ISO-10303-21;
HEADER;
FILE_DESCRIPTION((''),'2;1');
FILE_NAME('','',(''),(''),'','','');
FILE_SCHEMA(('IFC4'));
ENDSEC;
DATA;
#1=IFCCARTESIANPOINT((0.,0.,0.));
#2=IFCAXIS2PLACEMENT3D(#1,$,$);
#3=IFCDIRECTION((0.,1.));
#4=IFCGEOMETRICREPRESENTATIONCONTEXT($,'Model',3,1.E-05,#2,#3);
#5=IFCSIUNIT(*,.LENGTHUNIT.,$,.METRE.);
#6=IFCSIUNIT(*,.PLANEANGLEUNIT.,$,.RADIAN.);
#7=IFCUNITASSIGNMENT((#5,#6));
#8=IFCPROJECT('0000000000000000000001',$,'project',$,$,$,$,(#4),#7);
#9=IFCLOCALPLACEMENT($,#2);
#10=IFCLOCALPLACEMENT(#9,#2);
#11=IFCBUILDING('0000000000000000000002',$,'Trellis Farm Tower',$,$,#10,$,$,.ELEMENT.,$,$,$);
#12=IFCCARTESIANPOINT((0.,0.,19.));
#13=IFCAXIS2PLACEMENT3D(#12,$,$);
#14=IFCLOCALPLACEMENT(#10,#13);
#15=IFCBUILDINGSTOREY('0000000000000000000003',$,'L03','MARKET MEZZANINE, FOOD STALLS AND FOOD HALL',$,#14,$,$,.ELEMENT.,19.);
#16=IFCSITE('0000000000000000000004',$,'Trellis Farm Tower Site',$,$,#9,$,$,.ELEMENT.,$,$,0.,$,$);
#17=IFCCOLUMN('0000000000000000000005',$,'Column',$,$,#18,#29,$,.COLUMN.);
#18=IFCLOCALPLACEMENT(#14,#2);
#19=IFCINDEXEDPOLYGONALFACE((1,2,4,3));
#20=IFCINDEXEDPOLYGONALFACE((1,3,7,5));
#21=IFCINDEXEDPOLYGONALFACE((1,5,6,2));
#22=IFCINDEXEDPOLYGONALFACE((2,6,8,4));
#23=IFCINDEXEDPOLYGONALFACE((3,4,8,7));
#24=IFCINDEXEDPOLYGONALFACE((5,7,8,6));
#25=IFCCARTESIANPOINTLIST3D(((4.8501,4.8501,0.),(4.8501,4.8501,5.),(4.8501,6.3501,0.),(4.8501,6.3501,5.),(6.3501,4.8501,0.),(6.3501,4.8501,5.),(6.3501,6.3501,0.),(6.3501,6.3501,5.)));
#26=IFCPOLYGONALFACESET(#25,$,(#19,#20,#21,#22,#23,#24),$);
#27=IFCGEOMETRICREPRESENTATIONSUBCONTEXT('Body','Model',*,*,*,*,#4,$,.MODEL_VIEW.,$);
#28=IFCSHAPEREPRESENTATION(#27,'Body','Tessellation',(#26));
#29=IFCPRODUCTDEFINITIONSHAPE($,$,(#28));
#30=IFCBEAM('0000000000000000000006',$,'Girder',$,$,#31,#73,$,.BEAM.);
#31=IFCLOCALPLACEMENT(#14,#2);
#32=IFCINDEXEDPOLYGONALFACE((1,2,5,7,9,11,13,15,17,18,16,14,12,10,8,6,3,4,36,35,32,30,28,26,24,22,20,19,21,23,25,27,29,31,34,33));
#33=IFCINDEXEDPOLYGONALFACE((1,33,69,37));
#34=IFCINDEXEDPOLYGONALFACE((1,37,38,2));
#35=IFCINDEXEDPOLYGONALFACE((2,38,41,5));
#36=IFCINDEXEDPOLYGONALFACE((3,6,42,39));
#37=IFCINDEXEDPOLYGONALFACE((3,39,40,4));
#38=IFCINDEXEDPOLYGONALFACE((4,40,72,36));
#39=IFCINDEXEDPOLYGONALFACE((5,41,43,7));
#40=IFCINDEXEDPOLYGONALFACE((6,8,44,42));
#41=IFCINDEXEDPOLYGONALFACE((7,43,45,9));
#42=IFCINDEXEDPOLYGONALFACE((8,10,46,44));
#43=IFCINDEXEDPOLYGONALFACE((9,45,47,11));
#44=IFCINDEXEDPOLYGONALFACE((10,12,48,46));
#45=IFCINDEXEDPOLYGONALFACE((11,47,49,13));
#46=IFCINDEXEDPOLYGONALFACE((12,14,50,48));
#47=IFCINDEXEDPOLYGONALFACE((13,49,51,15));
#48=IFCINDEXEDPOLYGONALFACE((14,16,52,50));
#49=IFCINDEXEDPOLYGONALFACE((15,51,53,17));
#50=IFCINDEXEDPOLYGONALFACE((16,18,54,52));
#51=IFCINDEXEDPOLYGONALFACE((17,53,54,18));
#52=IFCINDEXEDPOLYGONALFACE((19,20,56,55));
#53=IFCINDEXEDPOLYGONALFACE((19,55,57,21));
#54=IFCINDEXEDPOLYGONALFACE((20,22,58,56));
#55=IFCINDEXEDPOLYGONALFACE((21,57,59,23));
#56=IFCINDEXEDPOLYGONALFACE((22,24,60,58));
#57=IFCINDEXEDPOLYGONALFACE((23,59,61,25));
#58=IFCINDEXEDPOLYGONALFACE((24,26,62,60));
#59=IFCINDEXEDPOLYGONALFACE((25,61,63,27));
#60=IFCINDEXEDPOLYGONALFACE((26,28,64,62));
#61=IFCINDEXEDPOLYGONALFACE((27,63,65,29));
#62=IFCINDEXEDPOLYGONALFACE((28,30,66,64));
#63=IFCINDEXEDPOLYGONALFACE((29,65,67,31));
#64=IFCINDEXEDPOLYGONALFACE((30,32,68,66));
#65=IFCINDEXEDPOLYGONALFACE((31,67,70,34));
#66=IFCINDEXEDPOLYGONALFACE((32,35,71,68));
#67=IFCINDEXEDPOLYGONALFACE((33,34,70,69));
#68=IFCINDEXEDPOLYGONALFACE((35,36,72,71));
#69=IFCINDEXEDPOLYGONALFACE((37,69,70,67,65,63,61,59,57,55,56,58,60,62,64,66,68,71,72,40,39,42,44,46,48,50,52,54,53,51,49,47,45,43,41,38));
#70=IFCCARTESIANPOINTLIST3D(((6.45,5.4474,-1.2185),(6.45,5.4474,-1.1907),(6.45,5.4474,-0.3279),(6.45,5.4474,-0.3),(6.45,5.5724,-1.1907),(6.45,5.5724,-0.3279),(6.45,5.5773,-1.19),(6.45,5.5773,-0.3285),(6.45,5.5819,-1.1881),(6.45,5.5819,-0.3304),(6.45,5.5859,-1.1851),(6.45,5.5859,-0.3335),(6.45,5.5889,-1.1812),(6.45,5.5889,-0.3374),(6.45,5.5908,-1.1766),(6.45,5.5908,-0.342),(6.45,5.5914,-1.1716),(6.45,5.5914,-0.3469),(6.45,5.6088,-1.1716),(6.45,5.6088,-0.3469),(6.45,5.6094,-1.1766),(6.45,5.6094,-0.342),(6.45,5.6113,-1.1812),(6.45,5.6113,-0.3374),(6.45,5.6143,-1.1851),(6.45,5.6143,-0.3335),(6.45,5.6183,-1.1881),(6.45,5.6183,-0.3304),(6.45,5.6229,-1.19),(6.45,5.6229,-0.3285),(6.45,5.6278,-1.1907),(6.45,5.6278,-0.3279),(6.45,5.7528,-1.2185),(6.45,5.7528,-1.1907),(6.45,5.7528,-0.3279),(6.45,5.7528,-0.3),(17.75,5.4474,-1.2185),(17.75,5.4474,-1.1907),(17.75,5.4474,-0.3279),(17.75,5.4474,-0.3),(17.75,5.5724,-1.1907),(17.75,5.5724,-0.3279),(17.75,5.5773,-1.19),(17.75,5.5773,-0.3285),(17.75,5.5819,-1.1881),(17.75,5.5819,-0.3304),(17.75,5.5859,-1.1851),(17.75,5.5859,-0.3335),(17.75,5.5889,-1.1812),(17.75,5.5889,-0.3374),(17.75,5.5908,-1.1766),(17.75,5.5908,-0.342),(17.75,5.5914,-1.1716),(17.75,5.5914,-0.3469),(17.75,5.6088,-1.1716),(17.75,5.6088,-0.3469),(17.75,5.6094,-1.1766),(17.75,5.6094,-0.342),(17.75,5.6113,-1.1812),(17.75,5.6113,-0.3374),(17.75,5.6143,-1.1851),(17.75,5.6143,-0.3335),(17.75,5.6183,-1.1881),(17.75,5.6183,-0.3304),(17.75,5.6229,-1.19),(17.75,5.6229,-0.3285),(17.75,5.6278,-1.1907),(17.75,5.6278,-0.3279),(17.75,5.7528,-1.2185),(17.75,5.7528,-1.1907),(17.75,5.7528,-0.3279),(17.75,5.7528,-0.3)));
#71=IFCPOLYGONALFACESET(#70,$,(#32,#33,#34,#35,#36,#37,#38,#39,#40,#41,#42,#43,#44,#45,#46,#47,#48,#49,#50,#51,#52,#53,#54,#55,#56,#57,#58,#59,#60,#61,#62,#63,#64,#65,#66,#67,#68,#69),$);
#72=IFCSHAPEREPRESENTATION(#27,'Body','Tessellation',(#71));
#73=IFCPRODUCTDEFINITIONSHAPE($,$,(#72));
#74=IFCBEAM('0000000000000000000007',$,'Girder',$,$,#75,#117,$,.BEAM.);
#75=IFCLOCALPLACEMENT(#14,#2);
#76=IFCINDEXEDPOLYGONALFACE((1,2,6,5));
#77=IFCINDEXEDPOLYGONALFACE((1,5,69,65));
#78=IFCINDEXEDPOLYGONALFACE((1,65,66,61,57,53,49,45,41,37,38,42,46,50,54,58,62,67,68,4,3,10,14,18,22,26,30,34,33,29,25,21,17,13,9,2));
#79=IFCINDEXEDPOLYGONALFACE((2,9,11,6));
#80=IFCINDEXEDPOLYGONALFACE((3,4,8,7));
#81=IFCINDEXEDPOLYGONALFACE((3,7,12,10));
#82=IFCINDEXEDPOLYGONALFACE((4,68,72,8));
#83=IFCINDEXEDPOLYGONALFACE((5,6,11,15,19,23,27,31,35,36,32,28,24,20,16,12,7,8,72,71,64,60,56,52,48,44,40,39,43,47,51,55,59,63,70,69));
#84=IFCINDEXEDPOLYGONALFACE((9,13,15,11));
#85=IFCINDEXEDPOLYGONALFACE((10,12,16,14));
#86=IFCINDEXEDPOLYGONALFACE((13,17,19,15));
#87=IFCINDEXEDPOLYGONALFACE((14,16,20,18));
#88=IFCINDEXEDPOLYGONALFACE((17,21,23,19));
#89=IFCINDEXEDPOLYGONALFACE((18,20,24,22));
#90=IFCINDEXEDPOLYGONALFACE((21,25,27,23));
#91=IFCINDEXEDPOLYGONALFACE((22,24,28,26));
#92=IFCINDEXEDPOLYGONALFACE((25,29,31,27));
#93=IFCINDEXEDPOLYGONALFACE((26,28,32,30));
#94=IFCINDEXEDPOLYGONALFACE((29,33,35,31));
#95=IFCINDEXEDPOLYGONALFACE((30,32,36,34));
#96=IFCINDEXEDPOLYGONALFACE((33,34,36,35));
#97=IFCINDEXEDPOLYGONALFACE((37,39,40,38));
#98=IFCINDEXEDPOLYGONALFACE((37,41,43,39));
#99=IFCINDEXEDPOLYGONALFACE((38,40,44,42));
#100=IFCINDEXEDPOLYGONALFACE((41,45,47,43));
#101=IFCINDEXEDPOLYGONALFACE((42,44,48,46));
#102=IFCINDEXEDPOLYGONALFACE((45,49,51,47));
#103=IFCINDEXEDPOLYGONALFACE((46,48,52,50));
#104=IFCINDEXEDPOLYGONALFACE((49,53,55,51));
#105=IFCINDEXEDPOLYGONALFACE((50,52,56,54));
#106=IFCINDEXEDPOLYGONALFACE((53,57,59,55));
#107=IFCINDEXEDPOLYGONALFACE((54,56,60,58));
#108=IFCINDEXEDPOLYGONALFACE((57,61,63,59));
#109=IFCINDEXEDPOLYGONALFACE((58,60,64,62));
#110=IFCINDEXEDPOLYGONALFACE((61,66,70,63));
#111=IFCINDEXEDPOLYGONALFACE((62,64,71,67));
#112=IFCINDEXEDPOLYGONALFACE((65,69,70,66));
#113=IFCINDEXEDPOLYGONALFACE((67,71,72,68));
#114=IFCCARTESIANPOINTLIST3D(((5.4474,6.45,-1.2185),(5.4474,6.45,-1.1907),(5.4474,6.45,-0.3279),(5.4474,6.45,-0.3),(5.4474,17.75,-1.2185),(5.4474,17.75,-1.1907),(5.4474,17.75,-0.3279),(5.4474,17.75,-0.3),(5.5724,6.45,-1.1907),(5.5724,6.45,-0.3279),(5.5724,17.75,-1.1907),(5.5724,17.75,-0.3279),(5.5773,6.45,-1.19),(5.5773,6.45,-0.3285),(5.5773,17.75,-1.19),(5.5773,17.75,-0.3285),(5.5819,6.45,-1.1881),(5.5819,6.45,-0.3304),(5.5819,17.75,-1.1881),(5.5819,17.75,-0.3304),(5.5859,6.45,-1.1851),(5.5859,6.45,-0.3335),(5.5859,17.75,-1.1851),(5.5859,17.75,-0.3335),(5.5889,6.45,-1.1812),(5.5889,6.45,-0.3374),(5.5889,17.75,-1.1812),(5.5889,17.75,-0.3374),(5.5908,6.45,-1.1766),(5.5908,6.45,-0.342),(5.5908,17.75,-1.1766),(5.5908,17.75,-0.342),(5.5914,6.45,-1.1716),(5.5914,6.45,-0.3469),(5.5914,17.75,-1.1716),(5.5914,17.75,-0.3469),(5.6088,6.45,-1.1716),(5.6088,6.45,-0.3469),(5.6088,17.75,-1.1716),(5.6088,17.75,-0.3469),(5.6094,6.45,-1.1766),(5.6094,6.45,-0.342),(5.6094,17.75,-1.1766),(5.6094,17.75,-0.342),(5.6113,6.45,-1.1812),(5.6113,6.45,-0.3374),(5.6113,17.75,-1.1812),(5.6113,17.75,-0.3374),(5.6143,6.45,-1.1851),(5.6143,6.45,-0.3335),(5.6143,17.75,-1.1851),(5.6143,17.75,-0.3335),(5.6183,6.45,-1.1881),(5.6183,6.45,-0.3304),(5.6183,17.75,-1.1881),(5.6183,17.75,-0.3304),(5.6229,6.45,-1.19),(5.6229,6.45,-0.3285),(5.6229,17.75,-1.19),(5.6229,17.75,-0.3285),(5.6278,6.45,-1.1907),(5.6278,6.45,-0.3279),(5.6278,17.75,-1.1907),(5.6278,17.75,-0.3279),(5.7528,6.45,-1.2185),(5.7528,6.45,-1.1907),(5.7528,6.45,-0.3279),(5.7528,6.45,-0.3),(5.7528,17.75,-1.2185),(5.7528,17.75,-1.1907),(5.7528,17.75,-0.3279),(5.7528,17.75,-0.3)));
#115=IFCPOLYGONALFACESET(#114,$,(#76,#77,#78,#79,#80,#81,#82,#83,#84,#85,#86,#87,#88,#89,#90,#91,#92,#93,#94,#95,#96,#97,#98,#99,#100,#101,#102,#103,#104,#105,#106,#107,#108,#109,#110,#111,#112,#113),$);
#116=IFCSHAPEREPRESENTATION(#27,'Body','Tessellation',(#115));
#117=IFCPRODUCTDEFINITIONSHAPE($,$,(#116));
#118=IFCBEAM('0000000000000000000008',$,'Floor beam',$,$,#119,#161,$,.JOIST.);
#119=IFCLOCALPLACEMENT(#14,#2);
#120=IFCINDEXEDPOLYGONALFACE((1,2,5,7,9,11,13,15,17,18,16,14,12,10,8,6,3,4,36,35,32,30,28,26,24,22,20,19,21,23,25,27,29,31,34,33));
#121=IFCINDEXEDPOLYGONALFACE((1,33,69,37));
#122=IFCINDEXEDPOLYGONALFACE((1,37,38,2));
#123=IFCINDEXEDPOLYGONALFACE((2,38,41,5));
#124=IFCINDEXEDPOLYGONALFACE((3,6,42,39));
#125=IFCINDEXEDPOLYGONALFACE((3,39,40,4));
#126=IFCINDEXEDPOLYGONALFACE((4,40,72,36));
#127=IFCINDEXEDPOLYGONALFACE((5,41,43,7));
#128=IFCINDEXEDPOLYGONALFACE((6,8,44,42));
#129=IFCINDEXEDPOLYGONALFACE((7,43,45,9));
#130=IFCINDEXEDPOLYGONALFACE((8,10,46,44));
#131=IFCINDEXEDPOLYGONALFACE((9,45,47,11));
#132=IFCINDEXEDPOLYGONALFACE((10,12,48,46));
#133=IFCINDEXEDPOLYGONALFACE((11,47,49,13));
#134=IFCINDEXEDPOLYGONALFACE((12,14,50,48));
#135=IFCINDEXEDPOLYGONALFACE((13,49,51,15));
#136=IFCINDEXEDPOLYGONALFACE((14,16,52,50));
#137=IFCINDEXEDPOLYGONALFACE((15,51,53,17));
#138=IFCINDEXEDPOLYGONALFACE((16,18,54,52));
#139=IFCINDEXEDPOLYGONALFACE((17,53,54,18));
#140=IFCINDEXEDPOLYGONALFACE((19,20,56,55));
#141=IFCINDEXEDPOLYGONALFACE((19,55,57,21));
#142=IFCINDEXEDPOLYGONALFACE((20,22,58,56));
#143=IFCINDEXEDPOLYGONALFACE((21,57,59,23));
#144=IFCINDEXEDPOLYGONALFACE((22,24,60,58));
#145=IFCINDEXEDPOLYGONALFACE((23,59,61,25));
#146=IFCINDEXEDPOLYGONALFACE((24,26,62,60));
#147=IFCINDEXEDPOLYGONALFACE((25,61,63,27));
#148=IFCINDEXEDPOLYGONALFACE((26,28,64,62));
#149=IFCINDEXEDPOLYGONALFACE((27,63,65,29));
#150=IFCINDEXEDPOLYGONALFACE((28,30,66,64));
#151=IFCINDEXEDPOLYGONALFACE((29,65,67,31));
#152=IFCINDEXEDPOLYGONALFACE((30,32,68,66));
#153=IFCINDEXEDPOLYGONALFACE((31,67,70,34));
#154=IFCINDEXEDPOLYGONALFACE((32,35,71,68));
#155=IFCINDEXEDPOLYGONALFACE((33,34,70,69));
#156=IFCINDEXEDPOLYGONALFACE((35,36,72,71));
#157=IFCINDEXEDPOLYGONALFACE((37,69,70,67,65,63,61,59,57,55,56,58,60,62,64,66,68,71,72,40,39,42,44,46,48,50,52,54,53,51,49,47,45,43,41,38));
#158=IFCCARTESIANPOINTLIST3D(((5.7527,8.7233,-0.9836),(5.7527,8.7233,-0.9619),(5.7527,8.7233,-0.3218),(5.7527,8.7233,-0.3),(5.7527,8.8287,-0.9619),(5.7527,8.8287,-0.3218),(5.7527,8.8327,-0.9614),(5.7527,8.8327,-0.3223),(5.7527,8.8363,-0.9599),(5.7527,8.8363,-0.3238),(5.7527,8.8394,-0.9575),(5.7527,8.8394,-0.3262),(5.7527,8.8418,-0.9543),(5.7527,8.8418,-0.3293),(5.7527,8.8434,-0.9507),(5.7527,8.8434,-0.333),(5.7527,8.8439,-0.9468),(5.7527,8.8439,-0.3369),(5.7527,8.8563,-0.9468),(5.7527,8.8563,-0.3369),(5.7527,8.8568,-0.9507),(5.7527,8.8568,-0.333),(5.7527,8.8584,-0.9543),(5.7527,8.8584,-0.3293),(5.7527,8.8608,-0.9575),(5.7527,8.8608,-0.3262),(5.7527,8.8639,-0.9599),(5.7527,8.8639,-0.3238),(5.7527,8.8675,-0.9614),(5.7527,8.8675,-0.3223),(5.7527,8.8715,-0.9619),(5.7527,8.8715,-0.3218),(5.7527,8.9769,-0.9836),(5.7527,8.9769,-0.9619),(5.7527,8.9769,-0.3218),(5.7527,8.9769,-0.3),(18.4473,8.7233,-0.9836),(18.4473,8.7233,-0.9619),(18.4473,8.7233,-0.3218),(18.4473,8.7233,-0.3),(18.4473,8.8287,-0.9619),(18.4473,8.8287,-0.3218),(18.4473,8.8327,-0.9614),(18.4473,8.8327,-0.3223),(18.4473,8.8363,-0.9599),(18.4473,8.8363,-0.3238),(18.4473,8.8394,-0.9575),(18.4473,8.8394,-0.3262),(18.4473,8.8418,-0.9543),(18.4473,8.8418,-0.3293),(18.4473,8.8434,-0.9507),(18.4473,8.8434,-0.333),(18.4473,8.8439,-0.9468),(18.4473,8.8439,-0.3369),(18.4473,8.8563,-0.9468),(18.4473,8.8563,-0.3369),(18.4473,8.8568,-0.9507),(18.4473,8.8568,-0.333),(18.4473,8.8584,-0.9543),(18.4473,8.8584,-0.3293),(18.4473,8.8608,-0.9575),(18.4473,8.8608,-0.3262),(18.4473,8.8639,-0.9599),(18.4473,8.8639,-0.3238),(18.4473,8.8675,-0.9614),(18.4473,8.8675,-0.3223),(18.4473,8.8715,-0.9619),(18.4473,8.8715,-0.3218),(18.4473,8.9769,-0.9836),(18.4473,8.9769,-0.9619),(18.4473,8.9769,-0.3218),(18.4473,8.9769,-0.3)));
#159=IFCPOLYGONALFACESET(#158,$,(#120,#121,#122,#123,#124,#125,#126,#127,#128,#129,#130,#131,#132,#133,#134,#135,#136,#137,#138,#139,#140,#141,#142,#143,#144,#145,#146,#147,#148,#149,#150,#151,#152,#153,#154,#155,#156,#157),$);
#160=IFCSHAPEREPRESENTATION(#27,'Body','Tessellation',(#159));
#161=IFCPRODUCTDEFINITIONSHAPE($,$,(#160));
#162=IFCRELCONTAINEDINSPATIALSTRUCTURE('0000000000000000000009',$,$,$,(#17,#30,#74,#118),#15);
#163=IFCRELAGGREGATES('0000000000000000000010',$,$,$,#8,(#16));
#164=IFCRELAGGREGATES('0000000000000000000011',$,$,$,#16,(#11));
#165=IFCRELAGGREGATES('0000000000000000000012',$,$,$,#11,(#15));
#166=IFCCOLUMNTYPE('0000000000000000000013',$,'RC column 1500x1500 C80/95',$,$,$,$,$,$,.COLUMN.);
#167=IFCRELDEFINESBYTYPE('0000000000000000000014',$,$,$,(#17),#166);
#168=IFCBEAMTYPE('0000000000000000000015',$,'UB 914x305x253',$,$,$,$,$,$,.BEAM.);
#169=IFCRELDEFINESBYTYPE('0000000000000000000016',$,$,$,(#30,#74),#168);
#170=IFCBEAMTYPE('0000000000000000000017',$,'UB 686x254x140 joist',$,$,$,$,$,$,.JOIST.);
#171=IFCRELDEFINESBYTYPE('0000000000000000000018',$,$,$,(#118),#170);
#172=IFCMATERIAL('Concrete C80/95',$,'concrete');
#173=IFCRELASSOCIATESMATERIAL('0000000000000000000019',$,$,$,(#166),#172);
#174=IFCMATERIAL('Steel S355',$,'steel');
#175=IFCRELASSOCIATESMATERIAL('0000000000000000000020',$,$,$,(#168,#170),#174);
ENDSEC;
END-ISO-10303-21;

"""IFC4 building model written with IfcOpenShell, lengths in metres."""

from ifc_helpers import new_model, si_unit, direction, frame, origin, origin_2d, place, context, subcontext, project, spatial, rectangle, i_section, extrude, source, transform, mapped, material, material_profile, profile_set, type_object, element, save


model = new_model("IFC4")

# Units and contexts
model_context = context("Model", 3, precision=1e-05, world=origin(), true_north=direction((0.0, 1.0)))
body_context = subcontext(model_context, "Body", "Model", "MODEL_VIEW")
ifc_project = project(units=[si_unit("LENGTHUNIT", "METRE"), si_unit("PLANEANGLEUNIT", "RADIAN")], contexts=[model_context])

# Site, building, storey
site_placement = place(None, origin())
site = spatial("IfcSite", under=ifc_project, at=site_placement, Name="Trellis Farm Tower Site", CompositionType="ELEMENT", RefElevation=0.0)
building_placement = place(site_placement, origin())
building = spatial("IfcBuilding", under=site, at=building_placement, Name="Trellis Farm Tower", CompositionType="ELEMENT")
storey_placement = place(building_placement, frame((0.0, 0.0, 19.0)))
storey = spatial("IfcBuildingStorey", under=building, at=storey_placement, Name="L03", Description="MARKET MEZZANINE, FOOD STALLS AND FOOD HALL", CompositionType="ELEMENT", Elevation=19.0)

# Column
ifc_material_1 = material(Name="Concrete C80/95", Category="concrete")
ifc_material_profile_1 = material_profile(ifc_material_1, rectangle(XDim=1.5, YDim=1.5, at=origin_2d()), Name="RC column 1500x1500 C80/95")
ifc_profile_set_1 = profile_set([ifc_material_profile_1], Name="Concrete C80/95")
column_type = type_object("IfcColumnType", Name="RC column 1500x1500 C80/95", PredefinedType="COLUMN", material=ifc_profile_set_1)
shared_shape_1 = source(origin(), body_context, "Body", "SweptSolid", [
    extrude(rectangle(XDim=1.5, YDim=1.5, at=origin_2d()), origin(), (0.0, 0.0, 1.0), 5.0),
])
column_placement = place(storey_placement, frame((5.6001, 5.6001, 0.0), z_axis=(0.0, 0.0, 1.0), x_axis=(1.0, 0.0, 0.0)))
element("IfcColumn", 1, at=column_placement, inside=storey, type_object=column_type, Name="Column", PredefinedType="COLUMN", context=body_context, shape_type="MappedRepresentation", body=[
    mapped(shared_shape_1, transform((0.0, 0.0, 0.0))),
])

# Beams
ifc_material_2 = material(Name="Steel S355", Category="steel")
ifc_material_profile_2 = material_profile(ifc_material_2, i_section(OverallWidth=0.3054, OverallDepth=0.9185, WebThickness=0.0173, FlangeThickness=0.0278, FilletRadius=0.019, at=origin_2d()), Name="UB 914x305x253")
ifc_profile_set_2 = profile_set([ifc_material_profile_2], Name="Steel S355")
beam_type_1 = type_object("IfcBeamType", Name="UB 914x305x253", PredefinedType="BEAM", material=ifc_profile_set_2)
shared_shape_2 = source(origin(), body_context, "Body", "SweptSolid", [
    extrude(i_section(OverallWidth=0.3054, OverallDepth=0.9185, WebThickness=0.0173, FlangeThickness=0.0278, FilletRadius=0.019, at=origin_2d()), origin(), (0.0, 0.0, 1.0), 11.3),
])
for number, where, z_axis, x_axis, name in (
    (2, (6.45, 5.6001, -0.7593), (1.0, 0.0, 0.0), (0.0, 1.0, 0.0), "Girder"),
    (3, (5.6001, 6.45, -0.7593), (0.0, 1.0, 0.0), (-1.0, 0.0, 0.0), "Girder"),
):
    element("IfcBeam", number, at=place(storey_placement, frame(where, z_axis=z_axis, x_axis=x_axis)), inside=storey, type_object=beam_type_1, Name=name, PredefinedType="BEAM", context=body_context, shape_type="MappedRepresentation", body=[
        mapped(shared_shape_2, transform((0.0, 0.0, 0.0))),
    ])
ifc_material_profile_3 = material_profile(ifc_material_2, i_section(OverallWidth=0.2537, OverallDepth=0.6836, WebThickness=0.0125, FlangeThickness=0.0217, FilletRadius=0.0151, at=origin_2d()), Name="UB 686x254x140")
ifc_profile_set_3 = profile_set([ifc_material_profile_3], Name="Steel S355")
beam_type_2 = type_object("IfcBeamType", Name="UB 686x254x140 joist", PredefinedType="JOIST", material=ifc_profile_set_3)
shared_shape_3 = source(origin(), body_context, "Body", "SweptSolid", [
    extrude(i_section(OverallWidth=0.2537, OverallDepth=0.6836, WebThickness=0.0125, FlangeThickness=0.0217, FilletRadius=0.0151, at=origin_2d()), origin(), (0.0, 0.0, 1.0), 12.6946),
])
for number, where, z_axis, x_axis, name in (
    (4, (5.7527, 8.8501, -0.6418), (1.0, 0.0, 0.0), (0.0, 1.0, 0.0), "Floor beam"),
):
    element("IfcBeam", number, at=place(storey_placement, frame(where, z_axis=z_axis, x_axis=x_axis)), inside=storey, type_object=beam_type_2, Name=name, PredefinedType="JOIST", context=body_context, shape_type="MappedRepresentation", body=[
        mapped(shared_shape_3, transform((0.0, 0.0, 0.0))),
    ])

save(model, "model.ifc")
